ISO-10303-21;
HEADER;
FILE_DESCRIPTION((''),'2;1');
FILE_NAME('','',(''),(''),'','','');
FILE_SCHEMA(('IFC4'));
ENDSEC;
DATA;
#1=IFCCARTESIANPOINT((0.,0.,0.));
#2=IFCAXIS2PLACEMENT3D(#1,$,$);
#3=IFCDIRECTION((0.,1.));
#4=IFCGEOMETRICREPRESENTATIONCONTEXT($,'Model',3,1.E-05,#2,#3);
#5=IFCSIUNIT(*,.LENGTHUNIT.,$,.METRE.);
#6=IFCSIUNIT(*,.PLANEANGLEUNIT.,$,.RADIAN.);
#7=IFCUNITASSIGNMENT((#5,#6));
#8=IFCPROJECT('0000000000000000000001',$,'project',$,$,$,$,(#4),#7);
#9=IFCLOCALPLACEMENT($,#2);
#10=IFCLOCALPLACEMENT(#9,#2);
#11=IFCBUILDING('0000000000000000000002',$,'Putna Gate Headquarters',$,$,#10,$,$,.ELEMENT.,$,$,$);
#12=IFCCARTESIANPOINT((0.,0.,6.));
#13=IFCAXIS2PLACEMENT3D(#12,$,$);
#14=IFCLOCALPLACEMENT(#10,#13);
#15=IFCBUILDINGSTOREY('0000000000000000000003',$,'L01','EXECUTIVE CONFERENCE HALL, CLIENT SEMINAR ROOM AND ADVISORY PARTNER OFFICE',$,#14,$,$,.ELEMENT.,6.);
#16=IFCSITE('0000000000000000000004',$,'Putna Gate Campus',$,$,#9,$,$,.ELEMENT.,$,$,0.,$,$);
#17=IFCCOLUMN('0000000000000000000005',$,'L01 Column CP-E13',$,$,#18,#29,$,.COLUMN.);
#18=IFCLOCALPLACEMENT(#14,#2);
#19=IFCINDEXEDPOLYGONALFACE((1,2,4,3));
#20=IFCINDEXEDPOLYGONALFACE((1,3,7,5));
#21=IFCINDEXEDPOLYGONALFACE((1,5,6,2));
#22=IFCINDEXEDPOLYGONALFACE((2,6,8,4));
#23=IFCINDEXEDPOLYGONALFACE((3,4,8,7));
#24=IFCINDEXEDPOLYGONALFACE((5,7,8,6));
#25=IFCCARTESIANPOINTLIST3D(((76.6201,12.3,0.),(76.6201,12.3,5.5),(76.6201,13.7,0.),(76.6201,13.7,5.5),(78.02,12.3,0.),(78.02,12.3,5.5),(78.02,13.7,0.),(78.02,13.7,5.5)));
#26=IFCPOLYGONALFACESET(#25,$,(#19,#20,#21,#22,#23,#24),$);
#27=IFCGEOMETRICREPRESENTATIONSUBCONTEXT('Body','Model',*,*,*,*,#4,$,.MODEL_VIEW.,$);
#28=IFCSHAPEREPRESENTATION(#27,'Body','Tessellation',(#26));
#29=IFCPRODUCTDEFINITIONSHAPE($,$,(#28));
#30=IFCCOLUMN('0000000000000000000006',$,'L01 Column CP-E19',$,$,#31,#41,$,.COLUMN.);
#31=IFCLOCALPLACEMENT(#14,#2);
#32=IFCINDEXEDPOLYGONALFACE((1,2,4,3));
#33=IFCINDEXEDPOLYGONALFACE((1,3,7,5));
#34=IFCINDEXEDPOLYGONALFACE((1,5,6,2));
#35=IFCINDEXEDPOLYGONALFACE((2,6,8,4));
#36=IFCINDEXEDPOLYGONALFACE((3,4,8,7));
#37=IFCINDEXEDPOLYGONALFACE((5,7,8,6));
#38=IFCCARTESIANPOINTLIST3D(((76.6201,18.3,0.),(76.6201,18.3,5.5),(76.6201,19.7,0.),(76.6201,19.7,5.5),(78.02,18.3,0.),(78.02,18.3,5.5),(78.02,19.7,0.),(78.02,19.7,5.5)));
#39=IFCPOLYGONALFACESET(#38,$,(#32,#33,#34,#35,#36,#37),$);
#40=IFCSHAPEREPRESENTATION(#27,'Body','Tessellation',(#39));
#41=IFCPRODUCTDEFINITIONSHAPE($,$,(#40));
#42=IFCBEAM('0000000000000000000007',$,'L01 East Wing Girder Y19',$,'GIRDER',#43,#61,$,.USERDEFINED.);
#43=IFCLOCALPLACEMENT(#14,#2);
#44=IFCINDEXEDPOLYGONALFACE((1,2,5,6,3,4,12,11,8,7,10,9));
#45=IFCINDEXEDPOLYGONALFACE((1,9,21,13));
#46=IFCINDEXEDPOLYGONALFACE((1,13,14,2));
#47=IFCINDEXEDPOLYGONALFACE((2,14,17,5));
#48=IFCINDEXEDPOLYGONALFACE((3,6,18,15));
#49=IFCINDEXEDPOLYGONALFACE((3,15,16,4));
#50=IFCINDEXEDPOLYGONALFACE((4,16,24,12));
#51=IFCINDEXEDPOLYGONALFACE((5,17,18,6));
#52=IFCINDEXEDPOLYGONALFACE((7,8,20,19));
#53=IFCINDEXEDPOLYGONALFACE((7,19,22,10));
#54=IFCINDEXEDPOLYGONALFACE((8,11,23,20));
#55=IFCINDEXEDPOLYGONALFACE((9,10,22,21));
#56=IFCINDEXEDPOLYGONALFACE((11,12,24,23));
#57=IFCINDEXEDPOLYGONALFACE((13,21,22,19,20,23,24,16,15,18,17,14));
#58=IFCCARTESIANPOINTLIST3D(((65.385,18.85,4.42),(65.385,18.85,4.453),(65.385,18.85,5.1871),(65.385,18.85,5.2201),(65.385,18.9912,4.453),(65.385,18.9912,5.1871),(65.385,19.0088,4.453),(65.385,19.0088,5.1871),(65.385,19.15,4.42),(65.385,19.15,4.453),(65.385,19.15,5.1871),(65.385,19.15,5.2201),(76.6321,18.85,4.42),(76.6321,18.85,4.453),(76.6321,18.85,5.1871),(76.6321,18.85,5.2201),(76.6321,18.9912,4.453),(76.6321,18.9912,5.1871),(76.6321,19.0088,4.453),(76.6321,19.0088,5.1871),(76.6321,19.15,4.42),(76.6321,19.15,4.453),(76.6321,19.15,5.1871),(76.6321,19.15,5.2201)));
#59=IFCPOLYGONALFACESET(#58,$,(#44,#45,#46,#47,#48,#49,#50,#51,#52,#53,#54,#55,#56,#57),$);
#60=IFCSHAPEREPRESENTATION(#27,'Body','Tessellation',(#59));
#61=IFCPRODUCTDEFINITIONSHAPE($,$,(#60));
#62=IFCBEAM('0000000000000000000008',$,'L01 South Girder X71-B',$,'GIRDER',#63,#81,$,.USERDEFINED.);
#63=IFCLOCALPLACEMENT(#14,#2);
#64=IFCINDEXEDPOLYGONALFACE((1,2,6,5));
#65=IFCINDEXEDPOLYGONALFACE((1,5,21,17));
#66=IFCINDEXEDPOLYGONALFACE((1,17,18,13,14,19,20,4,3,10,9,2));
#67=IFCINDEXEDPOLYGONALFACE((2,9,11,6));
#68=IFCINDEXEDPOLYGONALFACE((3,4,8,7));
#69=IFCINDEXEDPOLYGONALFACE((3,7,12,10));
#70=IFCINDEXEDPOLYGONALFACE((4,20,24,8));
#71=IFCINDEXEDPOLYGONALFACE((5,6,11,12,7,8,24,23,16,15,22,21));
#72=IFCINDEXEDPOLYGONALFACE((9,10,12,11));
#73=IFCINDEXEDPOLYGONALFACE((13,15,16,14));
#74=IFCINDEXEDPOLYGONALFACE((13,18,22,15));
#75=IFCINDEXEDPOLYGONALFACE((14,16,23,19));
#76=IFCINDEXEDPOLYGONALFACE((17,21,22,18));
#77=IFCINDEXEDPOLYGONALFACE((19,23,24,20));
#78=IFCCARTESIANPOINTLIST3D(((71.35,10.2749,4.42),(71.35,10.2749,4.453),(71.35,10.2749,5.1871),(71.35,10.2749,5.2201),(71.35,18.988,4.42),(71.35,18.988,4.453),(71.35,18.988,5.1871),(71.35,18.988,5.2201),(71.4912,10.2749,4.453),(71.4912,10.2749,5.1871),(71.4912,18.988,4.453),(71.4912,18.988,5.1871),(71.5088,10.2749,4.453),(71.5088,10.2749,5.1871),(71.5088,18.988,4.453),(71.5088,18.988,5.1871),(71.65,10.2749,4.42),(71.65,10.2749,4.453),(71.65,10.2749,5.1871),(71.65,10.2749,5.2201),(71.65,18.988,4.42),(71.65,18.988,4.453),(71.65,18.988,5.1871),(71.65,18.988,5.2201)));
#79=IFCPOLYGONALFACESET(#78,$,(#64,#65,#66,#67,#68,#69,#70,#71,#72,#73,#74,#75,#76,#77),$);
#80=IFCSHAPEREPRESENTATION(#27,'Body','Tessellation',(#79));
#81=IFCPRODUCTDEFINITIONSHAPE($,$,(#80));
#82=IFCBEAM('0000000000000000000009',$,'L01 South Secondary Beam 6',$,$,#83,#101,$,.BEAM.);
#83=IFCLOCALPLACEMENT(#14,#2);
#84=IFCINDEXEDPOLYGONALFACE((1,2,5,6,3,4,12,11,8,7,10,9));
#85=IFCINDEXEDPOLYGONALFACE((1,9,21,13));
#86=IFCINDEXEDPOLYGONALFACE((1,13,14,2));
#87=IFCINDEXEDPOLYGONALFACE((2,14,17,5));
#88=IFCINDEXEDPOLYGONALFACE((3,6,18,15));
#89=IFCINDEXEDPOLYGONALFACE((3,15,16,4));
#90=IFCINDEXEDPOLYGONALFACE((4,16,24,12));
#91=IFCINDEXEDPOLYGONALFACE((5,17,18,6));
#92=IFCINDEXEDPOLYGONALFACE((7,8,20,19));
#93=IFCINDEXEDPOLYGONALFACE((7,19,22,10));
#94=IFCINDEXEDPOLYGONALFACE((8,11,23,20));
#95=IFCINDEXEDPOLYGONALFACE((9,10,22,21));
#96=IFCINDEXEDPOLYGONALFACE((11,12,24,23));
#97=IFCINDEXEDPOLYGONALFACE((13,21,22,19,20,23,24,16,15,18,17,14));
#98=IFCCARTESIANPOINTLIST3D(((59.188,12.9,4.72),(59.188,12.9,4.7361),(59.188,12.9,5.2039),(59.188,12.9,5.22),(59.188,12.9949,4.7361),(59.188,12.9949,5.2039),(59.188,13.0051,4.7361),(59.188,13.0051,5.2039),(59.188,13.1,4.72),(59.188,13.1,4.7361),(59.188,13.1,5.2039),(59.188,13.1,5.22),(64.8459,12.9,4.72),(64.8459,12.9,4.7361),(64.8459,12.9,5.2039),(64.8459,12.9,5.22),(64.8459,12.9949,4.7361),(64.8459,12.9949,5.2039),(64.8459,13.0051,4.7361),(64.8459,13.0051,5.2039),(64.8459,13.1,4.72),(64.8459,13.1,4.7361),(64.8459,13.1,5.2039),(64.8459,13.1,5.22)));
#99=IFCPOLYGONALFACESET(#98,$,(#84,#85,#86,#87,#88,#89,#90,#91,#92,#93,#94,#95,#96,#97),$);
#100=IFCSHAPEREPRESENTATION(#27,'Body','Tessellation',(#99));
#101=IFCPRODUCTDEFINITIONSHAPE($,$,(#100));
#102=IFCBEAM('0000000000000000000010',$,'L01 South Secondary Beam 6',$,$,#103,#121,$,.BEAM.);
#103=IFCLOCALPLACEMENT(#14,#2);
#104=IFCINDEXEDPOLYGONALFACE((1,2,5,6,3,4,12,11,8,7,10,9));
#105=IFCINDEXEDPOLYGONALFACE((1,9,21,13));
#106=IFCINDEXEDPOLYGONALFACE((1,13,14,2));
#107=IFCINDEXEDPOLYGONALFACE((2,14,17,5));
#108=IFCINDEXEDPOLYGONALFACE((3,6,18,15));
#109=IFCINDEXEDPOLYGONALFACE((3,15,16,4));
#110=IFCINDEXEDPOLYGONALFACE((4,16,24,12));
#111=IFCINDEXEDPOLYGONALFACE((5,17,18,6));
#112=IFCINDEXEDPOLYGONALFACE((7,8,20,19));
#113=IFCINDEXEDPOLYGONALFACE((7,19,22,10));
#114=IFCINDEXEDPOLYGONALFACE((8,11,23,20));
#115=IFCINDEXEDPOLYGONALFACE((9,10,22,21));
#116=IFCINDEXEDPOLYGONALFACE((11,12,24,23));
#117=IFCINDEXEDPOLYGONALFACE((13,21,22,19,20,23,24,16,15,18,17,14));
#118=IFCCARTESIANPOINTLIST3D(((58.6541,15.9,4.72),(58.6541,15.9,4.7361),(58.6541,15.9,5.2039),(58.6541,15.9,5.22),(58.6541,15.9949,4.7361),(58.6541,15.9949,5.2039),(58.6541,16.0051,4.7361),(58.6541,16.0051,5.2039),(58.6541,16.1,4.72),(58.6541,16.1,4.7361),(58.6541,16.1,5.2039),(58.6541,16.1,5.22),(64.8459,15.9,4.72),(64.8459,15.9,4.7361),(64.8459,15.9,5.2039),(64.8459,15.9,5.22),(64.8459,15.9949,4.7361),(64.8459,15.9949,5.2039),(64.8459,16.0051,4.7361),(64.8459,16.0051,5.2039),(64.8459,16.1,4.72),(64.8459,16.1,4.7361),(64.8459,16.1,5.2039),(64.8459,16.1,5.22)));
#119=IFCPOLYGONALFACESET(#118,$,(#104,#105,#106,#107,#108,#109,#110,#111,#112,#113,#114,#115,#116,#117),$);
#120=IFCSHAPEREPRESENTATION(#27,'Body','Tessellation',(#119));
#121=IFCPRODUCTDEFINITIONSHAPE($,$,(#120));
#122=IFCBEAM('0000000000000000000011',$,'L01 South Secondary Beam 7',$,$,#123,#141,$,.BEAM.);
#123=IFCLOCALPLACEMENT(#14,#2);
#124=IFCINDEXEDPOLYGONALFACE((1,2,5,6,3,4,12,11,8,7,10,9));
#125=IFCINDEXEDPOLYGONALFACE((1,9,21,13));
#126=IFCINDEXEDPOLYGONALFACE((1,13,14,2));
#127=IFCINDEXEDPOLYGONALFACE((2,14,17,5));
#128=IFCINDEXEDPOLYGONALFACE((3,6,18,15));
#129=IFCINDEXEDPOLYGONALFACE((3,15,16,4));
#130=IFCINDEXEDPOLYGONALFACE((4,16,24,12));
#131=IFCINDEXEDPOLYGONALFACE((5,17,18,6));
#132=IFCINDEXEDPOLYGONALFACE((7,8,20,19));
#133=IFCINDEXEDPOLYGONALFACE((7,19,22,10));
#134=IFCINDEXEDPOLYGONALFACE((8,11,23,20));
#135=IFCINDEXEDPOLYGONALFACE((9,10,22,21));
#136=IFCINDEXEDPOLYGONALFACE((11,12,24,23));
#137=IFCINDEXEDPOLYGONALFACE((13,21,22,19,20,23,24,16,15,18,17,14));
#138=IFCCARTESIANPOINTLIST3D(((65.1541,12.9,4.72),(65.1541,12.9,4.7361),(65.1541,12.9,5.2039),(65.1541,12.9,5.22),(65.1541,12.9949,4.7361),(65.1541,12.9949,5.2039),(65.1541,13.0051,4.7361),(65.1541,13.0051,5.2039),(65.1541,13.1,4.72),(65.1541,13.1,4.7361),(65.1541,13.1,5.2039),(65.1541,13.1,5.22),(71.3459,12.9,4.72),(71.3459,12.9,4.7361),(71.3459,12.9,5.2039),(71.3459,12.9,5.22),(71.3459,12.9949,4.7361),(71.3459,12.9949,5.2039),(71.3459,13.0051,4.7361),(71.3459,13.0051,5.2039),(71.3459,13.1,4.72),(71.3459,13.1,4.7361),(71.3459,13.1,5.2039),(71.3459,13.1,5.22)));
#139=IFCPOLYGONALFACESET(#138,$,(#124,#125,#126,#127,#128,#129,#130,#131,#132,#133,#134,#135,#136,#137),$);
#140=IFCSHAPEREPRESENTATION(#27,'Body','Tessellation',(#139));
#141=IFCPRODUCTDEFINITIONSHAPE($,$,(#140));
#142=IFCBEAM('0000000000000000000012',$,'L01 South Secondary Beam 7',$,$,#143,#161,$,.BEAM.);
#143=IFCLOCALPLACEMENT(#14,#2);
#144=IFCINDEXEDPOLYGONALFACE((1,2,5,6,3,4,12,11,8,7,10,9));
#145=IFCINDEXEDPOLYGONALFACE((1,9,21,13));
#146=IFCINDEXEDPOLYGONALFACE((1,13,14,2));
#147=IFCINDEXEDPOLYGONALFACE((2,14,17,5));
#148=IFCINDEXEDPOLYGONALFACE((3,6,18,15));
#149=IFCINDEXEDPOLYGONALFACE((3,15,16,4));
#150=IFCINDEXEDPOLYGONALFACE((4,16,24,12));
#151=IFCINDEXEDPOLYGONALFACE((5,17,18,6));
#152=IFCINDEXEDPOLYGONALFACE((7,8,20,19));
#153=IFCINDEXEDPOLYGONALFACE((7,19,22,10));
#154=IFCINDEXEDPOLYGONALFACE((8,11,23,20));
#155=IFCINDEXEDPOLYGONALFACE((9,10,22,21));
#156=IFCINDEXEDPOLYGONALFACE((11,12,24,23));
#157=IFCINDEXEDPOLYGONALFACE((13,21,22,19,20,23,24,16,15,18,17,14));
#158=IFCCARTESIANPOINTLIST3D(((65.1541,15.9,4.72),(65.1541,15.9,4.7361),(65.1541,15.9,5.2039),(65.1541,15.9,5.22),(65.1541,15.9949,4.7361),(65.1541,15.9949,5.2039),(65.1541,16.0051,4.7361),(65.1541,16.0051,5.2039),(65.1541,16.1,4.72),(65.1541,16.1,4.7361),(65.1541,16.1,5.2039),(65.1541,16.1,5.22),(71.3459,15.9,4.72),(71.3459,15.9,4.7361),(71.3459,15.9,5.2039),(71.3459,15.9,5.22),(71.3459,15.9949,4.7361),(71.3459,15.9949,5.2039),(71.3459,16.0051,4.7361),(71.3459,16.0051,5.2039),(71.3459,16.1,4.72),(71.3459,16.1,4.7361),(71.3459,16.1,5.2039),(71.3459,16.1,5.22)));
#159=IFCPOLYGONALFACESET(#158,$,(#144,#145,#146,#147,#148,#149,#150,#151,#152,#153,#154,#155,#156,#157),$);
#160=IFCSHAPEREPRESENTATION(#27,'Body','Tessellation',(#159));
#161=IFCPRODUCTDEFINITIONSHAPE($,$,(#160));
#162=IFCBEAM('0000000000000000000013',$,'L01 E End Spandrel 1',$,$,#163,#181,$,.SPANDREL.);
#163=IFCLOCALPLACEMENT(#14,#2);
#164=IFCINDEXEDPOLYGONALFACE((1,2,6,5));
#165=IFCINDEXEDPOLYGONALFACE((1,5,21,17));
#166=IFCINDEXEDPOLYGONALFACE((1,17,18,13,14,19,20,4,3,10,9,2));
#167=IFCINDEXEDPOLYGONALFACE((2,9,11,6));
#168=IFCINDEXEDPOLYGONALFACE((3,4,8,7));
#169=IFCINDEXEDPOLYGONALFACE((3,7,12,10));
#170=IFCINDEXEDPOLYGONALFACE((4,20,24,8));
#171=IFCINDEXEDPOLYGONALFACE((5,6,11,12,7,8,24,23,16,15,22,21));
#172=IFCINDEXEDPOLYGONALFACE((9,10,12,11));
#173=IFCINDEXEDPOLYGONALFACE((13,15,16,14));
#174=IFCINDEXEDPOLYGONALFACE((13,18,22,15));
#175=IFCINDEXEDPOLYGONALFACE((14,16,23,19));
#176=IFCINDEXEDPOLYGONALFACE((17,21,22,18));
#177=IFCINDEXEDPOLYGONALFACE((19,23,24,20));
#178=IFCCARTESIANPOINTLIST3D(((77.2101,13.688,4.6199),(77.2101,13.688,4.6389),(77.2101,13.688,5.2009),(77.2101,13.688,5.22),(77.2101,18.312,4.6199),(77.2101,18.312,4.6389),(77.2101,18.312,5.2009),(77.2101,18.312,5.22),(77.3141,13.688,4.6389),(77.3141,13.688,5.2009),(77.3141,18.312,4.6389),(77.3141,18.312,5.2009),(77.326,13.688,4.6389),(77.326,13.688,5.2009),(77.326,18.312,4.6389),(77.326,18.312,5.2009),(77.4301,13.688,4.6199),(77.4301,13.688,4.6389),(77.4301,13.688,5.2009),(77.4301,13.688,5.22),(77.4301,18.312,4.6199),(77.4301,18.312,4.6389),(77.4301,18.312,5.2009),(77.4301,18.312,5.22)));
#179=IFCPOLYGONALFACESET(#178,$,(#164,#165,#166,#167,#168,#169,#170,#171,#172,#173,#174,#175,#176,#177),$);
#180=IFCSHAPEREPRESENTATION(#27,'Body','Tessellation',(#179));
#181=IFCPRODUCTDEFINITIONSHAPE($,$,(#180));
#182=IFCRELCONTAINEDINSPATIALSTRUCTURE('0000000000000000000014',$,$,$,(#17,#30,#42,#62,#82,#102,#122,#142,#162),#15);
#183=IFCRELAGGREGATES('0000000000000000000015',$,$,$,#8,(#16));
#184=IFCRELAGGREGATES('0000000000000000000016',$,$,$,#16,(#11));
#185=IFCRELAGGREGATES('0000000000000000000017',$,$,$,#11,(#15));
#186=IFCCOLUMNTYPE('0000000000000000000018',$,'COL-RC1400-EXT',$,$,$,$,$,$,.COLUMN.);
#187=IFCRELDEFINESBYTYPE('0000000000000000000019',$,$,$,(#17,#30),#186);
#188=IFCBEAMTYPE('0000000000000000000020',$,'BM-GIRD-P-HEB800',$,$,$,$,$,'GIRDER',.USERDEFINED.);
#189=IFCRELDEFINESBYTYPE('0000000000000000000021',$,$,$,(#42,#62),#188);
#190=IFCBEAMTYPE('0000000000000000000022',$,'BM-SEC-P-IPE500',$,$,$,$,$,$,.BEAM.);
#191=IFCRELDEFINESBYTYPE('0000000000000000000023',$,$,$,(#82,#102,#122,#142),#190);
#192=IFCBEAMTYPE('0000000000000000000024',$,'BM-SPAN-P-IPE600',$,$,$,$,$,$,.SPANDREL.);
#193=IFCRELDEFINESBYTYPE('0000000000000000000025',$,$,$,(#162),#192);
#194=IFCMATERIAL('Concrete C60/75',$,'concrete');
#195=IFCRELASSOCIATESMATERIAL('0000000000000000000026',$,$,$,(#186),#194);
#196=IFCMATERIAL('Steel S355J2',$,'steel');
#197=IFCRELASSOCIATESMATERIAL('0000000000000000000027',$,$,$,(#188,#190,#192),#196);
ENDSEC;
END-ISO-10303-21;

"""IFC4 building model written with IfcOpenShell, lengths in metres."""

from ifc_helpers import new_model, si_unit, direction, frame, origin, origin_2d, place, context, subcontext, project, spatial, rectangle, i_section, extrude, material, material_profile, profile_set, type_object, element, save


model = new_model("IFC4")

# Units and contexts
model_context = context("Model", 3, precision=1e-05, world=origin(), true_north=direction((0.0, 1.0)))
body_context = subcontext(model_context, "Body", "Model", "MODEL_VIEW")
ifc_project = project(units=[si_unit("LENGTHUNIT", "METRE"), si_unit("PLANEANGLEUNIT", "RADIAN")], contexts=[model_context])

# Site, building, storey
site_placement = place(None, origin())
site = spatial("IfcSite", under=ifc_project, at=site_placement, Name="Putna Gate Campus", CompositionType="ELEMENT", RefElevation=0.0)
building_placement = place(site_placement, origin())
building = spatial("IfcBuilding", under=site, at=building_placement, Name="Putna Gate Headquarters", CompositionType="ELEMENT")
storey_placement = place(building_placement, frame((0.0, 0.0, 6.0)))
storey = spatial("IfcBuildingStorey", under=building, at=storey_placement, Name="L01", Description="EXECUTIVE CONFERENCE HALL, CLIENT SEMINAR ROOM AND ADVISORY PARTNER OFFICE", CompositionType="ELEMENT", Elevation=6.0)

# Columns
ifc_material_1 = material(Name="Concrete C60/75", Category="concrete")
ifc_material_profile_1 = material_profile(ifc_material_1, rectangle(XDim=1.3999, YDim=1.3999, at=origin_2d()), Name="Concrete C60/75")
ifc_profile_set_1 = profile_set([ifc_material_profile_1], Name="Concrete C60/75")
column_type = type_object("IfcColumnType", Name="COL-RC1400-EXT", PredefinedType="COLUMN", material=ifc_profile_set_1)
for number, where, z_axis, x_axis, name in (
    (1, (77.3201, 13.0, 0.0), (0.0, 0.0, 1.0), (1.0, 0.0, 0.0), "L01 Column CP-E13"),
    (2, (77.3201, 19.0, 0.0), (0.0, 0.0, 1.0), (1.0, 0.0, 0.0), "L01 Column CP-E19"),
):
    element("IfcColumn", number, at=place(storey_placement, frame(where, z_axis=z_axis, x_axis=x_axis)), inside=storey, type_object=column_type, Name=name, PredefinedType="COLUMN", context=body_context, shape_type="SweptSolid", body=[
        extrude(rectangle(XDim=1.3999, YDim=1.3999, at=origin_2d()), origin(), (0.0, 0.0, 1.0), 5.5),
    ])

# Beams
ifc_material_2 = material(Name="Steel S355J2", Category="steel")
ifc_material_profile_2 = material_profile(ifc_material_2, i_section(OverallWidth=0.3, OverallDepth=0.8, WebThickness=0.0176, FlangeThickness=0.033, at=origin_2d()), Name="Steel S355J2")
ifc_profile_set_2 = profile_set([ifc_material_profile_2], Name="Steel S355J2")
beam_type_1 = type_object("IfcBeamType", Name="BM-GIRD-P-HEB800", ElementType="GIRDER", PredefinedType="USERDEFINED", material=ifc_profile_set_2)
beam_1_placement = place(storey_placement, frame((65.385, 19.0, 4.8201), z_axis=(1.0, 0.0, 0.0), x_axis=(0.0, 1.0, 0.0)))
element("IfcBeam", 3, at=beam_1_placement, inside=storey, type_object=beam_type_1, Name="L01 East Wing Girder Y19", ObjectType="GIRDER", PredefinedType="USERDEFINED", context=body_context, shape_type="SweptSolid", body=[
    extrude(i_section(OverallWidth=0.3, OverallDepth=0.8, WebThickness=0.0176, FlangeThickness=0.033, at=origin_2d()), origin(), (0.0, 0.0, 1.0), 11.2471),
])
beam_2_placement = place(storey_placement, frame((71.5, 10.2749, 4.8201), z_axis=(0.0, 1.0, 0.0), x_axis=(-1.0, 0.0, 0.0)))
element("IfcBeam", 4, at=beam_2_placement, inside=storey, type_object=beam_type_1, Name="L01 South Girder X71-B", ObjectType="GIRDER", PredefinedType="USERDEFINED", context=body_context, shape_type="SweptSolid", body=[
    extrude(i_section(OverallWidth=0.3, OverallDepth=0.8, WebThickness=0.0176, FlangeThickness=0.033, at=origin_2d()), origin(), (0.0, 0.0, 1.0), 8.7131),
])
ifc_material_profile_3 = material_profile(ifc_material_2, i_section(OverallWidth=0.2, OverallDepth=0.5, WebThickness=0.0103, FlangeThickness=0.0161, at=origin_2d()), Name="Steel S355J2")
ifc_profile_set_3 = profile_set([ifc_material_profile_3], Name="Steel S355J2")
beam_type_2 = type_object("IfcBeamType", Name="BM-SEC-P-IPE500", PredefinedType="BEAM", material=ifc_profile_set_3)
beam_3_placement = place(storey_placement, frame((59.188, 13.0, 4.97), z_axis=(1.0, 0.0, 0.0), x_axis=(0.0, 1.0, 0.0)))
element("IfcBeam", 5, at=beam_3_placement, inside=storey, type_object=beam_type_2, Name="L01 South Secondary Beam 6", PredefinedType="BEAM", context=body_context, shape_type="SweptSolid", body=[
    extrude(i_section(OverallWidth=0.2, OverallDepth=0.5, WebThickness=0.0103, FlangeThickness=0.0161, at=origin_2d()), origin(), (0.0, 0.0, 1.0), 5.658),
])
for number, where, z_axis, x_axis, name in (
    (6, (58.6541, 16.0, 4.97), (1.0, 0.0, 0.0), (0.0, 1.0, 0.0), "L01 South Secondary Beam 6"),
    (7, (65.1541, 13.0, 4.97), (1.0, 0.0, 0.0), (0.0, 1.0, 0.0), "L01 South Secondary Beam 7"),
    (8, (65.1541, 16.0, 4.97), (1.0, 0.0, 0.0), (0.0, 1.0, 0.0), "L01 South Secondary Beam 7"),
):
    element("IfcBeam", number, at=place(storey_placement, frame(where, z_axis=z_axis, x_axis=x_axis)), inside=storey, type_object=beam_type_2, Name=name, PredefinedType="BEAM", context=body_context, shape_type="SweptSolid", body=[
        extrude(i_section(OverallWidth=0.2, OverallDepth=0.5, WebThickness=0.0103, FlangeThickness=0.0161, at=origin_2d()), origin(), (0.0, 0.0, 1.0), 6.1919),
    ])
ifc_material_profile_4 = material_profile(ifc_material_2, i_section(OverallWidth=0.22, OverallDepth=0.6001, WebThickness=0.012, FlangeThickness=0.019, at=origin_2d()), Name="Steel S355J2")
ifc_profile_set_4 = profile_set([ifc_material_profile_4], Name="Steel S355J2")
beam_type_3 = type_object("IfcBeamType", Name="BM-SPAN-P-IPE600", PredefinedType="SPANDREL", material=ifc_profile_set_4)
beam_4_placement = place(storey_placement, frame((77.3201, 13.688, 4.9199), z_axis=(0.0, 1.0, 0.0), x_axis=(-1.0, 0.0, 0.0)))
element("IfcBeam", 9, at=beam_4_placement, inside=storey, type_object=beam_type_3, Name="L01 E End Spandrel 1", PredefinedType="SPANDREL", context=body_context, shape_type="SweptSolid", body=[
    extrude(i_section(OverallWidth=0.22, OverallDepth=0.6001, WebThickness=0.012, FlangeThickness=0.019, at=origin_2d()), origin(), (0.0, 0.0, 1.0), 4.624),
])

save(model, "model.ifc")
